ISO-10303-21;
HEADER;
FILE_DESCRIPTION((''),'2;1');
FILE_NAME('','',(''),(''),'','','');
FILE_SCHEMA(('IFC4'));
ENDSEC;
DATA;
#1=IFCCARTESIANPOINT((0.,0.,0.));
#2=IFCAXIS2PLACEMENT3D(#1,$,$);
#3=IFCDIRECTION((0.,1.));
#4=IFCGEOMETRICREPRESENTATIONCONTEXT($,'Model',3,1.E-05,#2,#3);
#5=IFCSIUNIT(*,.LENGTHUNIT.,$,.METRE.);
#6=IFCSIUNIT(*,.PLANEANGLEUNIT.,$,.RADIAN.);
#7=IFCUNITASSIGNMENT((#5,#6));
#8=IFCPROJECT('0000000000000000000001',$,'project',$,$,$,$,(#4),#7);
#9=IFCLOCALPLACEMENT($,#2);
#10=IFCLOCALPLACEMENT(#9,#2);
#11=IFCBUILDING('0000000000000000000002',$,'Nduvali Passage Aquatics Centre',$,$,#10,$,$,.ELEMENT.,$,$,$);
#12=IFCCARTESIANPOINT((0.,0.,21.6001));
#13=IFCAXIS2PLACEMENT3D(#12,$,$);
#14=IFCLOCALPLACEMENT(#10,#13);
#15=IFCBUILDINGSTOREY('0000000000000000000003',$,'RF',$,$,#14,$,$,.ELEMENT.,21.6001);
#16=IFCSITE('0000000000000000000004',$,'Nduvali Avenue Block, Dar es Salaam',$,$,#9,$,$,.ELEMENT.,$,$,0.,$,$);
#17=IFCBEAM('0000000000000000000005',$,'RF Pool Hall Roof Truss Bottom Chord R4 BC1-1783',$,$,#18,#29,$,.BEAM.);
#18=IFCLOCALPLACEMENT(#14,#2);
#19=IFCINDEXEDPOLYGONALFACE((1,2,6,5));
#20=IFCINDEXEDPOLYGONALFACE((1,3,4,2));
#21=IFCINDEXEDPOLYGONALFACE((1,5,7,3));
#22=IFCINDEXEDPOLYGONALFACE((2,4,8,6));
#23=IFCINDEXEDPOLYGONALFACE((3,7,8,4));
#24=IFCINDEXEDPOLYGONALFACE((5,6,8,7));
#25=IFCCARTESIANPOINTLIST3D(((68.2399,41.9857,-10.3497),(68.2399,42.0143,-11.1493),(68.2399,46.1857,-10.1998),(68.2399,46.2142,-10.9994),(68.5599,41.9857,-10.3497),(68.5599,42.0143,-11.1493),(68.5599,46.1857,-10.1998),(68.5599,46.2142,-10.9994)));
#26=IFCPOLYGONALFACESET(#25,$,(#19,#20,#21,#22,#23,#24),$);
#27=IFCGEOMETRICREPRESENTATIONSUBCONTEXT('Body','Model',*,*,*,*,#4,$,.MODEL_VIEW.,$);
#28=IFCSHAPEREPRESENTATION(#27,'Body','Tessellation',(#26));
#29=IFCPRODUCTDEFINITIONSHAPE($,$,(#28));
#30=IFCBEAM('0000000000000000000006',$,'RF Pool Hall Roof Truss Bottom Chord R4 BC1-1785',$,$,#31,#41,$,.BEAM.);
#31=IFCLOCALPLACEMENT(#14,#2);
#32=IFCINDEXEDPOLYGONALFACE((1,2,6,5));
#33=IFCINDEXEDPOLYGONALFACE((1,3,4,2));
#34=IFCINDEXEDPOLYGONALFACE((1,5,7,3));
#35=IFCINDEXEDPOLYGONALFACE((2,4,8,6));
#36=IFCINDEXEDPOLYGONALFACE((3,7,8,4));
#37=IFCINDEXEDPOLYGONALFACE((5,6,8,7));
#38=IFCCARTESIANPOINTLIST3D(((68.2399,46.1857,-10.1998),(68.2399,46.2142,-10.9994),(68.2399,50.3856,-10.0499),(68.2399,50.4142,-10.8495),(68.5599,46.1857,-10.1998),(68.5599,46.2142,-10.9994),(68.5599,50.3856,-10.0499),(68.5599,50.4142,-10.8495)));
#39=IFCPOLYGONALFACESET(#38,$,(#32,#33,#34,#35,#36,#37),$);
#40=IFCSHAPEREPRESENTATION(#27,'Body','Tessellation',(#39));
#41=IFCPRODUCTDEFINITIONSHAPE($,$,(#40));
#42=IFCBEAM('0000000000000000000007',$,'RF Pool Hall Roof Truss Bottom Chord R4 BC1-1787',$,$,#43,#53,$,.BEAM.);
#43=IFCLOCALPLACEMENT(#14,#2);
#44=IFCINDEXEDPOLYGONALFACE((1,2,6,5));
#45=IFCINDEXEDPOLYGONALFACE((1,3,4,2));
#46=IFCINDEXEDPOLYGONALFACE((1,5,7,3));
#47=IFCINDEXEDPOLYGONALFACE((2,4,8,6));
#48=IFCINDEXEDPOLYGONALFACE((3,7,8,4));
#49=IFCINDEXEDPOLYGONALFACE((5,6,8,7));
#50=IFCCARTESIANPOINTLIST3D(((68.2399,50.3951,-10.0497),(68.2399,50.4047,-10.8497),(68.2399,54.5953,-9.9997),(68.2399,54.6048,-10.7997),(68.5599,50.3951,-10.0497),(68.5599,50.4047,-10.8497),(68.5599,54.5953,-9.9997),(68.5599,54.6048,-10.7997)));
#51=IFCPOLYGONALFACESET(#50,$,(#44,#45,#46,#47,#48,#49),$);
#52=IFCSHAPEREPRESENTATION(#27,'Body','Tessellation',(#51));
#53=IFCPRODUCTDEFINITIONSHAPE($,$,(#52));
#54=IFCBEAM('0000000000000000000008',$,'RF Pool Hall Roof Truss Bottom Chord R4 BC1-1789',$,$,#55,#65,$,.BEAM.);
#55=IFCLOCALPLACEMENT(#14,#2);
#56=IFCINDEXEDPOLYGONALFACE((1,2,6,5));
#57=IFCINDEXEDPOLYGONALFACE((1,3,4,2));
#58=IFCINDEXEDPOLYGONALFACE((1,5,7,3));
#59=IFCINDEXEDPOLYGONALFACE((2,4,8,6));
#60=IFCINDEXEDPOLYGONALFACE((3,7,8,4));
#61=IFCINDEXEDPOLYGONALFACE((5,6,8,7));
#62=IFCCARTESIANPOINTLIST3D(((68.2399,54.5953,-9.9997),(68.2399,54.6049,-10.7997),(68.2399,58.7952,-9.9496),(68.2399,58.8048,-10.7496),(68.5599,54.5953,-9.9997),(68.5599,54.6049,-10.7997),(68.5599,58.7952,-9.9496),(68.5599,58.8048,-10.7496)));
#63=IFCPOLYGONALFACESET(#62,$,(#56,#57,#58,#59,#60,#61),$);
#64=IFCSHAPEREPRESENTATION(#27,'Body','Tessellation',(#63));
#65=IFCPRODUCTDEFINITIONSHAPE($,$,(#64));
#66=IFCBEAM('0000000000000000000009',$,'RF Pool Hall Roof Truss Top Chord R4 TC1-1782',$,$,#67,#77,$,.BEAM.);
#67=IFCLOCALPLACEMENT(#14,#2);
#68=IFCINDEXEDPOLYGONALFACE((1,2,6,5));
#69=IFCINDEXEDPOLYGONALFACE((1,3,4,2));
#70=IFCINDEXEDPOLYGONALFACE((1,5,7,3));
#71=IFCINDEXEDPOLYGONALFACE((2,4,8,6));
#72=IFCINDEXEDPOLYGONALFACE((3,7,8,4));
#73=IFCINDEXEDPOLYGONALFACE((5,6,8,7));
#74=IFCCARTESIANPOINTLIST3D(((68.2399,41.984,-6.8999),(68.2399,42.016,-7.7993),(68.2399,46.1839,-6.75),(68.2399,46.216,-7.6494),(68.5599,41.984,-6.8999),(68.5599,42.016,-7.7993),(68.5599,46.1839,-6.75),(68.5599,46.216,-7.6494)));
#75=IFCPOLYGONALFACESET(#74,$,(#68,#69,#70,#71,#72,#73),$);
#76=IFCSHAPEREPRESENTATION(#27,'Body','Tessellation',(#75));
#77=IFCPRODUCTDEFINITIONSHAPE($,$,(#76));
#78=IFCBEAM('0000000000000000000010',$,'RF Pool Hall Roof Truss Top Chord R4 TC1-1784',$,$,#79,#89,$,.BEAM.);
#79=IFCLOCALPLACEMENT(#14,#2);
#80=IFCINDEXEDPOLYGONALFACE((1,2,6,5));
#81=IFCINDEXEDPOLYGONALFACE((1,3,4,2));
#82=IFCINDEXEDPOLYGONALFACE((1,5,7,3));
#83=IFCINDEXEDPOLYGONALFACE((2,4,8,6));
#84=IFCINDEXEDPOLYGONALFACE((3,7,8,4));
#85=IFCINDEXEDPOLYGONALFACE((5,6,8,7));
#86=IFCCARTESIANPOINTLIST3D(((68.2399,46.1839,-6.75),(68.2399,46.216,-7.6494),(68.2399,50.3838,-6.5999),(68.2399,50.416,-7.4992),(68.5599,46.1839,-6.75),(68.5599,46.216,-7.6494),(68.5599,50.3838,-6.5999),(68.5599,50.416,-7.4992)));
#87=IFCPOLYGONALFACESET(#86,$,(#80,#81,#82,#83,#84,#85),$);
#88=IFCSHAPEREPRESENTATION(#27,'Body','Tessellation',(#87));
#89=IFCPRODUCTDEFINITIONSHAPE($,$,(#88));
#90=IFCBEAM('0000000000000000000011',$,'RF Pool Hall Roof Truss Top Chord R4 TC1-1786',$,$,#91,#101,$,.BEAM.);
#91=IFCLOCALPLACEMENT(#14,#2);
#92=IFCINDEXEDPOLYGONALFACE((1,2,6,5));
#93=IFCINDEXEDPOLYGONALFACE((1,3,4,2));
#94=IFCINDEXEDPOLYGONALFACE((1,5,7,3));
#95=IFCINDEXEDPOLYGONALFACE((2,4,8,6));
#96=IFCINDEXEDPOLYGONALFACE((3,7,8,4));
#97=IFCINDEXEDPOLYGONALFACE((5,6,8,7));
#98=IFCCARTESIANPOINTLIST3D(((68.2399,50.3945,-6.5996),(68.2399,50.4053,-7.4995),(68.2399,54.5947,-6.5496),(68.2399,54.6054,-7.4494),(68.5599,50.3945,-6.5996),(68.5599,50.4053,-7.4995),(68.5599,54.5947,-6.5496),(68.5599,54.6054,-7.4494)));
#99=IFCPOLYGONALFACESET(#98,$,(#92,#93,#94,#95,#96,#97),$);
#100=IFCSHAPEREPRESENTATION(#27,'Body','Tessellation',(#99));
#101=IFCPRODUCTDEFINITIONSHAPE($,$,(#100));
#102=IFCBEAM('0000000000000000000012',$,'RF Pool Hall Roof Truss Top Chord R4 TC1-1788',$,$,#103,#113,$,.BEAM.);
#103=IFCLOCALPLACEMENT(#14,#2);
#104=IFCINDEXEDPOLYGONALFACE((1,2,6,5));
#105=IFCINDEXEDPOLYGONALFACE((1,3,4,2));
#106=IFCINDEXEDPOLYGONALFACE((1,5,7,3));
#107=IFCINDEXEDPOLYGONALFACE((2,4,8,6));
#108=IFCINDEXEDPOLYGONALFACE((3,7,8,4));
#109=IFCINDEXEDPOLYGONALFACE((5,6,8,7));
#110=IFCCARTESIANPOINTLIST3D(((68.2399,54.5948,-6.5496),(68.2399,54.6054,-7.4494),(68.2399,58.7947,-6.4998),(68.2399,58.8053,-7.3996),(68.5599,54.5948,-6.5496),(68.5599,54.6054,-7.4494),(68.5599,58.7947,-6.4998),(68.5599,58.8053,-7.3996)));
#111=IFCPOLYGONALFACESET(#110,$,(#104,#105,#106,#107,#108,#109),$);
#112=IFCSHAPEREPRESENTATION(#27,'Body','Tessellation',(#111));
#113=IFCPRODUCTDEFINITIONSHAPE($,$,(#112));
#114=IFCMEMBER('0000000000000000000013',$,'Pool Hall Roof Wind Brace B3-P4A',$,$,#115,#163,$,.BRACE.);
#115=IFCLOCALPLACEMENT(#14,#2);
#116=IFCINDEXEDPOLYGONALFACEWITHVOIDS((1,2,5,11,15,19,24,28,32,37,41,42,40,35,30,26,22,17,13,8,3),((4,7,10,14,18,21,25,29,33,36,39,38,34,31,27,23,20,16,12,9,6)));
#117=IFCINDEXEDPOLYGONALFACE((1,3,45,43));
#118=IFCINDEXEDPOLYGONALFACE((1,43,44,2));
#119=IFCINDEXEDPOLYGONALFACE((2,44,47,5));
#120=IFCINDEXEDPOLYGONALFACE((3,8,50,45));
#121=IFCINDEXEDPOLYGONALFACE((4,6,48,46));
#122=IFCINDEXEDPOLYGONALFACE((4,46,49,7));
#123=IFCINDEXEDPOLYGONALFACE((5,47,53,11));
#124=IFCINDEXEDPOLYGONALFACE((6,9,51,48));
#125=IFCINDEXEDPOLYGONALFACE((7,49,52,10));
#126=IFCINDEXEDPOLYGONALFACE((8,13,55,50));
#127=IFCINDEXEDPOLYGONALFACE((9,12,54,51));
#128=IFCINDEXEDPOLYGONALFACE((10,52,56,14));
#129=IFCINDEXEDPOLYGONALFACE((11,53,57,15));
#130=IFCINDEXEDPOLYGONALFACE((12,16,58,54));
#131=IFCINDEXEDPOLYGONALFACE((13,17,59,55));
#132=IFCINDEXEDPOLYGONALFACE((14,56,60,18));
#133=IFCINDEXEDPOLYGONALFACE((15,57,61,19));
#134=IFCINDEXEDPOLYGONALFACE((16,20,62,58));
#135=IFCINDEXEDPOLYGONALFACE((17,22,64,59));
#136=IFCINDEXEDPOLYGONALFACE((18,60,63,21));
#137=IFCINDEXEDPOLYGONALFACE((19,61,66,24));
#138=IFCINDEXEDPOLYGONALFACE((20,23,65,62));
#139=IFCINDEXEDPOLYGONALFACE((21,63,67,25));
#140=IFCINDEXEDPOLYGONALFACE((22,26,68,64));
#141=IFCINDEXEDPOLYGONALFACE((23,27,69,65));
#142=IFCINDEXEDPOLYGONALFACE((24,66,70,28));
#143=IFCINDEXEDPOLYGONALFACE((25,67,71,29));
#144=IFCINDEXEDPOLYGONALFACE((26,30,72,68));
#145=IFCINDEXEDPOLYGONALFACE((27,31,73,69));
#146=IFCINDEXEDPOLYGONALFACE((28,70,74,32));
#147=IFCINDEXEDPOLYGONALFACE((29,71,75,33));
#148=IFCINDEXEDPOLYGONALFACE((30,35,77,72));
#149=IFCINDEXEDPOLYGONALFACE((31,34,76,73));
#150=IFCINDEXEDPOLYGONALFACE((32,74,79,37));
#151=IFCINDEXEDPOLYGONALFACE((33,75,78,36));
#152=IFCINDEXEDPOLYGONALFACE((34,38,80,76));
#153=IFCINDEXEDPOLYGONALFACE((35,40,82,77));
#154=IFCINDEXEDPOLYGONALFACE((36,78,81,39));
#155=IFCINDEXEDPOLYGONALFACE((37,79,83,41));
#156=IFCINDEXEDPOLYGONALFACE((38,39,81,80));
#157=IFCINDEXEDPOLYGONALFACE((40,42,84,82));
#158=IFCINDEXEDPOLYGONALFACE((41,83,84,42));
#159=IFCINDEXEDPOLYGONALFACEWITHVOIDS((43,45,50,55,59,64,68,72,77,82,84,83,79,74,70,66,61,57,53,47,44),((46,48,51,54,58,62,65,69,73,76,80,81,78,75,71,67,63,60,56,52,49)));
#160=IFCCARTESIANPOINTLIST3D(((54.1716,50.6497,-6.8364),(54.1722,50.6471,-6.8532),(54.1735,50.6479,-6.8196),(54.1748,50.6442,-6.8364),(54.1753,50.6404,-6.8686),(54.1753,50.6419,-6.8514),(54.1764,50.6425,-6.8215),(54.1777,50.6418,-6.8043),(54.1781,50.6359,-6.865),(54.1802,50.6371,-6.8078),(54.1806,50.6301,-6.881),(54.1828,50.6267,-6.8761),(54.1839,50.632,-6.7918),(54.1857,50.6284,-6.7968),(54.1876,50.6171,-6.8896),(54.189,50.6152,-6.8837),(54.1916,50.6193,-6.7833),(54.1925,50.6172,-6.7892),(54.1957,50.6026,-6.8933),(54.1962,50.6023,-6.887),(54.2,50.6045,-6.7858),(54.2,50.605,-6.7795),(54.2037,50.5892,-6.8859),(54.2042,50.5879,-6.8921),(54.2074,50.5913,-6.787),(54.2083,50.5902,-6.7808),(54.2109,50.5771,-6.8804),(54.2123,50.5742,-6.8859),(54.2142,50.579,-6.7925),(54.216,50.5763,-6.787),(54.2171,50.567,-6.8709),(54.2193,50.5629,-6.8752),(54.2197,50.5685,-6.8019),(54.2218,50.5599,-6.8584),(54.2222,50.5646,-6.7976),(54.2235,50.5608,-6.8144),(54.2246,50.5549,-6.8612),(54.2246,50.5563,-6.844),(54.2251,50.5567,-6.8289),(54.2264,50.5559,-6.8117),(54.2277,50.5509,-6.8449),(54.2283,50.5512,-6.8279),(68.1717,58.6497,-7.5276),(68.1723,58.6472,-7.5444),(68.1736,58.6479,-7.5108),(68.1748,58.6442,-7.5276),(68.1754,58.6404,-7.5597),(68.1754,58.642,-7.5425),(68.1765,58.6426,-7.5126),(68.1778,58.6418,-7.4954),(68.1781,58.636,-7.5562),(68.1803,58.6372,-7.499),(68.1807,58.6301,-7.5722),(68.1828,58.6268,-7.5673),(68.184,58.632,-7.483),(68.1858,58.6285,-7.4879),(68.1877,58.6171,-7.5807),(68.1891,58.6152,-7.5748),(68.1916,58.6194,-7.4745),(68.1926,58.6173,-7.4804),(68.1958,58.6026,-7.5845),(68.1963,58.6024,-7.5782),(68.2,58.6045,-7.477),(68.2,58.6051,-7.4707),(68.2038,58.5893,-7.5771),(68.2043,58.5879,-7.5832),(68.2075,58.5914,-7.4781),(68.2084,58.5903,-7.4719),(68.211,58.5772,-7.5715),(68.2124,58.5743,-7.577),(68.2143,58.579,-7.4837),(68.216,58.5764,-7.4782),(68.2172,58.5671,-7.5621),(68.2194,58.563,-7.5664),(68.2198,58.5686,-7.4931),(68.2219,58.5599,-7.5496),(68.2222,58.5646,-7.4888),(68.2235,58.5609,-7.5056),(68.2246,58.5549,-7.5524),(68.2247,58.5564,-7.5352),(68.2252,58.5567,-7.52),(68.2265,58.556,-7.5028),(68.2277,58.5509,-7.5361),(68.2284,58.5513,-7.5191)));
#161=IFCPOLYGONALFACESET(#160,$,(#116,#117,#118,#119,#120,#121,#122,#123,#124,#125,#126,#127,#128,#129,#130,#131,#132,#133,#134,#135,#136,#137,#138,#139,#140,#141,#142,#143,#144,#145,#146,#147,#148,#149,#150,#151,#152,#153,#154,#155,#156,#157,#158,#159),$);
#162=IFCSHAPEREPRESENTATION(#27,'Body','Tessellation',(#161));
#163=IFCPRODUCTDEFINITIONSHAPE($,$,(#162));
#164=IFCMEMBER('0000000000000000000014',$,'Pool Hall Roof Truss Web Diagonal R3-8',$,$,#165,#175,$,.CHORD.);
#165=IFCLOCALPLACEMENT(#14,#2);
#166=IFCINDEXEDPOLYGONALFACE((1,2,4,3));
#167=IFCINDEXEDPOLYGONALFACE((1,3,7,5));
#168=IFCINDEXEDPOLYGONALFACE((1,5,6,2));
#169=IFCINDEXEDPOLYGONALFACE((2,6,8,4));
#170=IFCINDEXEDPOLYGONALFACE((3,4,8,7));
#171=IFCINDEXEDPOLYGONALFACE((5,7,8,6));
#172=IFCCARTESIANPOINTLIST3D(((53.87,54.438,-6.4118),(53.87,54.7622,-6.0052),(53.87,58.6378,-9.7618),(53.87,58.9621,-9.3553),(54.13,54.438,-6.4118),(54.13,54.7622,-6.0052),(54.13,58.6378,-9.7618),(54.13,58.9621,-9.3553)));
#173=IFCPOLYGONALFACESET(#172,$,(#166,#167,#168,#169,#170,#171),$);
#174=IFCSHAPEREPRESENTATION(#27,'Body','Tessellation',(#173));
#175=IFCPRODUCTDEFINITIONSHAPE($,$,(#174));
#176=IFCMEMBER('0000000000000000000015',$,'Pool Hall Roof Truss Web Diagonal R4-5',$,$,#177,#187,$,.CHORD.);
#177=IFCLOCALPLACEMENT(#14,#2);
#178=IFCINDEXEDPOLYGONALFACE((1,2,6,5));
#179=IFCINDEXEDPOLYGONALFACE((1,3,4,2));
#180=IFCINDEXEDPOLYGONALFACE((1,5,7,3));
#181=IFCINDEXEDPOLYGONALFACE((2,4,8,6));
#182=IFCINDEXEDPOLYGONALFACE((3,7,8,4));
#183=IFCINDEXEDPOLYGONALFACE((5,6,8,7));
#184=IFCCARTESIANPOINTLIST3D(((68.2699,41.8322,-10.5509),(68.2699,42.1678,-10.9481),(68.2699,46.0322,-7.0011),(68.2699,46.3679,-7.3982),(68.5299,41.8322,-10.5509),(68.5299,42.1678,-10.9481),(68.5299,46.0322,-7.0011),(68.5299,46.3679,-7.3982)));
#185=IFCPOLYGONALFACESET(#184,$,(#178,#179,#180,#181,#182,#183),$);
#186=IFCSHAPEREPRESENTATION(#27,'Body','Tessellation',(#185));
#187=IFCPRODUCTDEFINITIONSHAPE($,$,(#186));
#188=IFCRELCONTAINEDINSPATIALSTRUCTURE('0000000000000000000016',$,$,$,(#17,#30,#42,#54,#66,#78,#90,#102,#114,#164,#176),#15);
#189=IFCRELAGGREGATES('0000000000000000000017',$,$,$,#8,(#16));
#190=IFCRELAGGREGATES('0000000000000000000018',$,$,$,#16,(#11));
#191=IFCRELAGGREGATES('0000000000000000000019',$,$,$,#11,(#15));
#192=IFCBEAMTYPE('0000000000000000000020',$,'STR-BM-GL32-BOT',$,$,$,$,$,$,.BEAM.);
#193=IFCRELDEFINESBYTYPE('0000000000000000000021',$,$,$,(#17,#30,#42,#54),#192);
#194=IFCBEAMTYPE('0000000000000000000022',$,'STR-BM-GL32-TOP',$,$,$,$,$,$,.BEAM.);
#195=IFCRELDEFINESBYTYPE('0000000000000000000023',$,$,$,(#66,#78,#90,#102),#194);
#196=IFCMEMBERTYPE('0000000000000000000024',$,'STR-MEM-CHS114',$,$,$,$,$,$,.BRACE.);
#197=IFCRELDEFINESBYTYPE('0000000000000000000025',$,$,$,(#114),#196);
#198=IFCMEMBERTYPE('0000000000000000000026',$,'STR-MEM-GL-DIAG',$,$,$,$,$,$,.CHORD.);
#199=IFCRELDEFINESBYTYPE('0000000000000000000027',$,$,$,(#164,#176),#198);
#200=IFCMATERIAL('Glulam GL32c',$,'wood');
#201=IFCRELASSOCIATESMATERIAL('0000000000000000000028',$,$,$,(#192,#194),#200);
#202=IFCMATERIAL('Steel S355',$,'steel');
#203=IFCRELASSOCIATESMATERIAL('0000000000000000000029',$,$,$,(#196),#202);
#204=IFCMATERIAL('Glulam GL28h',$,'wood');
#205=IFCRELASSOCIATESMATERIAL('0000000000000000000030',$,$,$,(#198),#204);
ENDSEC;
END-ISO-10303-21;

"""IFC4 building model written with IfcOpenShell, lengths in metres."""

from ifc_helpers import new_model, si_unit, direction, frame, origin, origin_2d, place, context, subcontext, project, spatial, rectangle, hollow_circle, extrude, material, material_profile, profile_set, type_object, element, save


model = new_model("IFC4")

# Units and contexts
model_context = context("Model", 3, precision=1e-05, world=origin(), true_north=direction((0.0, 1.0)))
body_context = subcontext(model_context, "Body", "Model", "MODEL_VIEW")
ifc_project = project(units=[si_unit("LENGTHUNIT", "METRE"), si_unit("PLANEANGLEUNIT", "RADIAN")], contexts=[model_context])

# Site, building, storey
site_placement = place(None, origin())
site = spatial("IfcSite", under=ifc_project, at=site_placement, Name="Nduvali Avenue Block, Dar es Salaam", CompositionType="ELEMENT", RefElevation=0.0)
building_placement = place(site_placement, origin())
building = spatial("IfcBuilding", under=site, at=building_placement, Name="Nduvali Passage Aquatics Centre", CompositionType="ELEMENT")
storey_placement = place(building_placement, frame((0.0, 0.0, 21.6001)))
storey = spatial("IfcBuildingStorey", under=building, at=storey_placement, Name="RF", CompositionType="ELEMENT", Elevation=21.6001)

# Beams
ifc_material_1 = material(Name="Glulam GL32c", Category="wood")
ifc_material_profile_1 = material_profile(ifc_material_1, rectangle(XDim=0.3201, YDim=0.8, at=origin_2d()), Name="GL32c 320x800")
ifc_profile_set_1 = profile_set([ifc_material_profile_1], Name="Glulam GL32c")
beam_type_1 = type_object("IfcBeamType", Name="STR-BM-GL32-BOT", PredefinedType="BEAM", material=ifc_profile_set_1)
for number, where, z_axis, x_axis, name in (
    (1, (68.3999, 42.0, -10.7495), (0.0, 0.999364, 0.035669), (-1.0, 0.0, 0.0), "RF Pool Hall Roof Truss Bottom Chord R4 BC1-1783"),
    (2, (68.3999, 46.2, -10.5996), (0.0, 0.999364, 0.035669), (-1.0, 0.0, 0.0), "RF Pool Hall Roof Truss Bottom Chord R4 BC1-1785"),
):
    element("IfcBeam", number, at=place(storey_placement, frame(where, z_axis=z_axis, x_axis=x_axis)), inside=storey, type_object=beam_type_1, Name=name, PredefinedType="BEAM", context=body_context, shape_type="SweptSolid", body=[
        extrude(rectangle(XDim=0.3201, YDim=0.8, at=origin_2d()), origin(), (0.0, 0.0, 1.0), 4.2026),
    ])
beam_1_placement = place(storey_placement, frame((68.3999, 50.3999, -10.4497), z_axis=(0.0, 0.999929, 0.011915), x_axis=(-1.0, 0.0, 0.0)))
element("IfcBeam", 3, at=beam_1_placement, inside=storey, type_object=beam_type_1, Name="RF Pool Hall Roof Truss Bottom Chord R4 BC1-1787", PredefinedType="BEAM", context=body_context, shape_type="SweptSolid", body=[
    extrude(rectangle(XDim=0.3201, YDim=0.8, at=origin_2d()), origin(), (0.0, 0.0, 1.0), 4.2004),
])
beam_2_placement = place(storey_placement, frame((68.3999, 54.6001, -10.3997), z_axis=(0.0, 0.999929, 0.011916), x_axis=(-1.0, 0.0, 0.0)))
element("IfcBeam", 4, at=beam_2_placement, inside=storey, type_object=beam_type_1, Name="RF Pool Hall Roof Truss Bottom Chord R4 BC1-1789", PredefinedType="BEAM", context=body_context, shape_type="SweptSolid", body=[
    extrude(rectangle(XDim=0.3201, YDim=0.8, at=origin_2d()), origin(), (0.0, 0.0, 1.0), 4.2002),
])
ifc_material_profile_2 = material_profile(ifc_material_1, rectangle(XDim=0.3201, YDim=0.8999, at=origin_2d()), Name="GL32c 320x900")
ifc_profile_set_2 = profile_set([ifc_material_profile_2], Name="Glulam GL32c")
beam_type_2 = type_object("IfcBeamType", Name="STR-BM-GL32-TOP", PredefinedType="BEAM", material=ifc_profile_set_2)
for number, where, z_axis, x_axis, name in (
    (5, (68.3999, 42.0, -7.3496), (0.0, 0.999364, 0.035669), (-1.0, 0.0, 0.0), "RF Pool Hall Roof Truss Top Chord R4 TC1-1782"),
    (6, (68.3999, 46.2, -7.1997), (0.0, 0.999362, 0.035727), (-1.0, 0.0, 0.0), "RF Pool Hall Roof Truss Top Chord R4 TC1-1784"),
):
    element("IfcBeam", number, at=place(storey_placement, frame(where, z_axis=z_axis, x_axis=x_axis)), inside=storey, type_object=beam_type_2, Name=name, PredefinedType="BEAM", context=body_context, shape_type="SweptSolid", body=[
        extrude(rectangle(XDim=0.3201, YDim=0.8999, at=origin_2d()), origin(), (0.0, 0.0, 1.0), 4.2026),
    ])
beam_3_placement = place(storey_placement, frame((68.3999, 50.3999, -7.0496), z_axis=(0.0, 0.999929, 0.011915), x_axis=(-1.0, 0.0, 0.0)))
element("IfcBeam", 7, at=beam_3_placement, inside=storey, type_object=beam_type_2, Name="RF Pool Hall Roof Truss Top Chord R4 TC1-1786", PredefinedType="BEAM", context=body_context, shape_type="SweptSolid", body=[
    extrude(rectangle(XDim=0.3201, YDim=0.8999, at=origin_2d()), origin(), (0.0, 0.0, 1.0), 4.2004),
])
beam_4_placement = place(storey_placement, frame((68.3999, 54.6001, -6.9995), z_axis=(0.0, 0.99993, 0.011858), x_axis=(-1.0, 0.0, 0.0)))
element("IfcBeam", 8, at=beam_4_placement, inside=storey, type_object=beam_type_2, Name="RF Pool Hall Roof Truss Top Chord R4 TC1-1788", PredefinedType="BEAM", context=body_context, shape_type="SweptSolid", body=[
    extrude(rectangle(XDim=0.3201, YDim=0.8999, at=origin_2d()), origin(), (0.0, 0.0, 1.0), 4.2002),
])

# Members
ifc_material_2 = material(Name="Steel S355", Category="steel")
ifc_material_profile_3 = material_profile(ifc_material_2, hollow_circle(Radius=0.0571, WallThickness=0.0063, at=origin_2d()), Name="CHS 114.3x6.3")
ifc_profile_set_3 = profile_set([ifc_material_profile_3], Name="Steel S355")
member_type_1 = type_object("IfcMemberType", Name="STR-MEM-CHS114", PredefinedType="BRACE", material=ifc_profile_set_3)
member_1_placement = place(storey_placement, frame((54.2, 50.6001, -6.8364), z_axis=(0.867447, 0.495684, -0.042825), x_axis=(-0.496139, 0.868243, 0.0)))
element("IfcMember", 9, at=member_1_placement, inside=storey, type_object=member_type_1, Name="Pool Hall Roof Wind Brace B3-P4A", PredefinedType="BRACE", context=body_context, shape_type="SweptSolid", body=[
    extrude(hollow_circle(Radius=0.0571, WallThickness=0.0063, at=origin_2d()), origin(), (0.0, 0.0, 1.0), 16.1394),
])
ifc_material_3 = material(Name="Glulam GL28h", Category="wood")
ifc_material_profile_4 = material_profile(ifc_material_3, rectangle(XDim=0.26, YDim=0.52, at=origin_2d()), Name="GL28h 260x520")
ifc_profile_set_4 = profile_set([ifc_material_profile_4], Name="Glulam GL28h")
member_type_2 = type_object("IfcMemberType", Name="STR-MEM-GL-DIAG", PredefinedType="CHORD", material=ifc_profile_set_4)
member_2_placement = place(storey_placement, frame((54.0, 54.6001, -6.2085), z_axis=(0.0, 0.781764, -0.623575), x_axis=(-1.0, 0.0, 0.0)))
element("IfcMember", 10, at=member_2_placement, inside=storey, type_object=member_type_2, Name="Pool Hall Roof Truss Web Diagonal R3-8", PredefinedType="CHORD", context=body_context, shape_type="SweptSolid", body=[
    extrude(rectangle(XDim=0.26, YDim=0.52, at=origin_2d()), origin(), (0.0, 0.0, 1.0), 5.3723),
])
member_3_placement = place(storey_placement, frame((68.3999, 42.0, -10.7495), z_axis=(0.0, 0.763745, 0.645518), x_axis=(-1.0, 0.0, 0.0)))
element("IfcMember", 11, at=member_3_placement, inside=storey, type_object=member_type_2, Name="Pool Hall Roof Truss Web Diagonal R4-5", PredefinedType="CHORD", context=body_context, shape_type="SweptSolid", body=[
    extrude(rectangle(XDim=0.26, YDim=0.52, at=origin_2d()), origin(), (0.0, 0.0, 1.0), 5.4993),
])

save(model, "model.ifc")
